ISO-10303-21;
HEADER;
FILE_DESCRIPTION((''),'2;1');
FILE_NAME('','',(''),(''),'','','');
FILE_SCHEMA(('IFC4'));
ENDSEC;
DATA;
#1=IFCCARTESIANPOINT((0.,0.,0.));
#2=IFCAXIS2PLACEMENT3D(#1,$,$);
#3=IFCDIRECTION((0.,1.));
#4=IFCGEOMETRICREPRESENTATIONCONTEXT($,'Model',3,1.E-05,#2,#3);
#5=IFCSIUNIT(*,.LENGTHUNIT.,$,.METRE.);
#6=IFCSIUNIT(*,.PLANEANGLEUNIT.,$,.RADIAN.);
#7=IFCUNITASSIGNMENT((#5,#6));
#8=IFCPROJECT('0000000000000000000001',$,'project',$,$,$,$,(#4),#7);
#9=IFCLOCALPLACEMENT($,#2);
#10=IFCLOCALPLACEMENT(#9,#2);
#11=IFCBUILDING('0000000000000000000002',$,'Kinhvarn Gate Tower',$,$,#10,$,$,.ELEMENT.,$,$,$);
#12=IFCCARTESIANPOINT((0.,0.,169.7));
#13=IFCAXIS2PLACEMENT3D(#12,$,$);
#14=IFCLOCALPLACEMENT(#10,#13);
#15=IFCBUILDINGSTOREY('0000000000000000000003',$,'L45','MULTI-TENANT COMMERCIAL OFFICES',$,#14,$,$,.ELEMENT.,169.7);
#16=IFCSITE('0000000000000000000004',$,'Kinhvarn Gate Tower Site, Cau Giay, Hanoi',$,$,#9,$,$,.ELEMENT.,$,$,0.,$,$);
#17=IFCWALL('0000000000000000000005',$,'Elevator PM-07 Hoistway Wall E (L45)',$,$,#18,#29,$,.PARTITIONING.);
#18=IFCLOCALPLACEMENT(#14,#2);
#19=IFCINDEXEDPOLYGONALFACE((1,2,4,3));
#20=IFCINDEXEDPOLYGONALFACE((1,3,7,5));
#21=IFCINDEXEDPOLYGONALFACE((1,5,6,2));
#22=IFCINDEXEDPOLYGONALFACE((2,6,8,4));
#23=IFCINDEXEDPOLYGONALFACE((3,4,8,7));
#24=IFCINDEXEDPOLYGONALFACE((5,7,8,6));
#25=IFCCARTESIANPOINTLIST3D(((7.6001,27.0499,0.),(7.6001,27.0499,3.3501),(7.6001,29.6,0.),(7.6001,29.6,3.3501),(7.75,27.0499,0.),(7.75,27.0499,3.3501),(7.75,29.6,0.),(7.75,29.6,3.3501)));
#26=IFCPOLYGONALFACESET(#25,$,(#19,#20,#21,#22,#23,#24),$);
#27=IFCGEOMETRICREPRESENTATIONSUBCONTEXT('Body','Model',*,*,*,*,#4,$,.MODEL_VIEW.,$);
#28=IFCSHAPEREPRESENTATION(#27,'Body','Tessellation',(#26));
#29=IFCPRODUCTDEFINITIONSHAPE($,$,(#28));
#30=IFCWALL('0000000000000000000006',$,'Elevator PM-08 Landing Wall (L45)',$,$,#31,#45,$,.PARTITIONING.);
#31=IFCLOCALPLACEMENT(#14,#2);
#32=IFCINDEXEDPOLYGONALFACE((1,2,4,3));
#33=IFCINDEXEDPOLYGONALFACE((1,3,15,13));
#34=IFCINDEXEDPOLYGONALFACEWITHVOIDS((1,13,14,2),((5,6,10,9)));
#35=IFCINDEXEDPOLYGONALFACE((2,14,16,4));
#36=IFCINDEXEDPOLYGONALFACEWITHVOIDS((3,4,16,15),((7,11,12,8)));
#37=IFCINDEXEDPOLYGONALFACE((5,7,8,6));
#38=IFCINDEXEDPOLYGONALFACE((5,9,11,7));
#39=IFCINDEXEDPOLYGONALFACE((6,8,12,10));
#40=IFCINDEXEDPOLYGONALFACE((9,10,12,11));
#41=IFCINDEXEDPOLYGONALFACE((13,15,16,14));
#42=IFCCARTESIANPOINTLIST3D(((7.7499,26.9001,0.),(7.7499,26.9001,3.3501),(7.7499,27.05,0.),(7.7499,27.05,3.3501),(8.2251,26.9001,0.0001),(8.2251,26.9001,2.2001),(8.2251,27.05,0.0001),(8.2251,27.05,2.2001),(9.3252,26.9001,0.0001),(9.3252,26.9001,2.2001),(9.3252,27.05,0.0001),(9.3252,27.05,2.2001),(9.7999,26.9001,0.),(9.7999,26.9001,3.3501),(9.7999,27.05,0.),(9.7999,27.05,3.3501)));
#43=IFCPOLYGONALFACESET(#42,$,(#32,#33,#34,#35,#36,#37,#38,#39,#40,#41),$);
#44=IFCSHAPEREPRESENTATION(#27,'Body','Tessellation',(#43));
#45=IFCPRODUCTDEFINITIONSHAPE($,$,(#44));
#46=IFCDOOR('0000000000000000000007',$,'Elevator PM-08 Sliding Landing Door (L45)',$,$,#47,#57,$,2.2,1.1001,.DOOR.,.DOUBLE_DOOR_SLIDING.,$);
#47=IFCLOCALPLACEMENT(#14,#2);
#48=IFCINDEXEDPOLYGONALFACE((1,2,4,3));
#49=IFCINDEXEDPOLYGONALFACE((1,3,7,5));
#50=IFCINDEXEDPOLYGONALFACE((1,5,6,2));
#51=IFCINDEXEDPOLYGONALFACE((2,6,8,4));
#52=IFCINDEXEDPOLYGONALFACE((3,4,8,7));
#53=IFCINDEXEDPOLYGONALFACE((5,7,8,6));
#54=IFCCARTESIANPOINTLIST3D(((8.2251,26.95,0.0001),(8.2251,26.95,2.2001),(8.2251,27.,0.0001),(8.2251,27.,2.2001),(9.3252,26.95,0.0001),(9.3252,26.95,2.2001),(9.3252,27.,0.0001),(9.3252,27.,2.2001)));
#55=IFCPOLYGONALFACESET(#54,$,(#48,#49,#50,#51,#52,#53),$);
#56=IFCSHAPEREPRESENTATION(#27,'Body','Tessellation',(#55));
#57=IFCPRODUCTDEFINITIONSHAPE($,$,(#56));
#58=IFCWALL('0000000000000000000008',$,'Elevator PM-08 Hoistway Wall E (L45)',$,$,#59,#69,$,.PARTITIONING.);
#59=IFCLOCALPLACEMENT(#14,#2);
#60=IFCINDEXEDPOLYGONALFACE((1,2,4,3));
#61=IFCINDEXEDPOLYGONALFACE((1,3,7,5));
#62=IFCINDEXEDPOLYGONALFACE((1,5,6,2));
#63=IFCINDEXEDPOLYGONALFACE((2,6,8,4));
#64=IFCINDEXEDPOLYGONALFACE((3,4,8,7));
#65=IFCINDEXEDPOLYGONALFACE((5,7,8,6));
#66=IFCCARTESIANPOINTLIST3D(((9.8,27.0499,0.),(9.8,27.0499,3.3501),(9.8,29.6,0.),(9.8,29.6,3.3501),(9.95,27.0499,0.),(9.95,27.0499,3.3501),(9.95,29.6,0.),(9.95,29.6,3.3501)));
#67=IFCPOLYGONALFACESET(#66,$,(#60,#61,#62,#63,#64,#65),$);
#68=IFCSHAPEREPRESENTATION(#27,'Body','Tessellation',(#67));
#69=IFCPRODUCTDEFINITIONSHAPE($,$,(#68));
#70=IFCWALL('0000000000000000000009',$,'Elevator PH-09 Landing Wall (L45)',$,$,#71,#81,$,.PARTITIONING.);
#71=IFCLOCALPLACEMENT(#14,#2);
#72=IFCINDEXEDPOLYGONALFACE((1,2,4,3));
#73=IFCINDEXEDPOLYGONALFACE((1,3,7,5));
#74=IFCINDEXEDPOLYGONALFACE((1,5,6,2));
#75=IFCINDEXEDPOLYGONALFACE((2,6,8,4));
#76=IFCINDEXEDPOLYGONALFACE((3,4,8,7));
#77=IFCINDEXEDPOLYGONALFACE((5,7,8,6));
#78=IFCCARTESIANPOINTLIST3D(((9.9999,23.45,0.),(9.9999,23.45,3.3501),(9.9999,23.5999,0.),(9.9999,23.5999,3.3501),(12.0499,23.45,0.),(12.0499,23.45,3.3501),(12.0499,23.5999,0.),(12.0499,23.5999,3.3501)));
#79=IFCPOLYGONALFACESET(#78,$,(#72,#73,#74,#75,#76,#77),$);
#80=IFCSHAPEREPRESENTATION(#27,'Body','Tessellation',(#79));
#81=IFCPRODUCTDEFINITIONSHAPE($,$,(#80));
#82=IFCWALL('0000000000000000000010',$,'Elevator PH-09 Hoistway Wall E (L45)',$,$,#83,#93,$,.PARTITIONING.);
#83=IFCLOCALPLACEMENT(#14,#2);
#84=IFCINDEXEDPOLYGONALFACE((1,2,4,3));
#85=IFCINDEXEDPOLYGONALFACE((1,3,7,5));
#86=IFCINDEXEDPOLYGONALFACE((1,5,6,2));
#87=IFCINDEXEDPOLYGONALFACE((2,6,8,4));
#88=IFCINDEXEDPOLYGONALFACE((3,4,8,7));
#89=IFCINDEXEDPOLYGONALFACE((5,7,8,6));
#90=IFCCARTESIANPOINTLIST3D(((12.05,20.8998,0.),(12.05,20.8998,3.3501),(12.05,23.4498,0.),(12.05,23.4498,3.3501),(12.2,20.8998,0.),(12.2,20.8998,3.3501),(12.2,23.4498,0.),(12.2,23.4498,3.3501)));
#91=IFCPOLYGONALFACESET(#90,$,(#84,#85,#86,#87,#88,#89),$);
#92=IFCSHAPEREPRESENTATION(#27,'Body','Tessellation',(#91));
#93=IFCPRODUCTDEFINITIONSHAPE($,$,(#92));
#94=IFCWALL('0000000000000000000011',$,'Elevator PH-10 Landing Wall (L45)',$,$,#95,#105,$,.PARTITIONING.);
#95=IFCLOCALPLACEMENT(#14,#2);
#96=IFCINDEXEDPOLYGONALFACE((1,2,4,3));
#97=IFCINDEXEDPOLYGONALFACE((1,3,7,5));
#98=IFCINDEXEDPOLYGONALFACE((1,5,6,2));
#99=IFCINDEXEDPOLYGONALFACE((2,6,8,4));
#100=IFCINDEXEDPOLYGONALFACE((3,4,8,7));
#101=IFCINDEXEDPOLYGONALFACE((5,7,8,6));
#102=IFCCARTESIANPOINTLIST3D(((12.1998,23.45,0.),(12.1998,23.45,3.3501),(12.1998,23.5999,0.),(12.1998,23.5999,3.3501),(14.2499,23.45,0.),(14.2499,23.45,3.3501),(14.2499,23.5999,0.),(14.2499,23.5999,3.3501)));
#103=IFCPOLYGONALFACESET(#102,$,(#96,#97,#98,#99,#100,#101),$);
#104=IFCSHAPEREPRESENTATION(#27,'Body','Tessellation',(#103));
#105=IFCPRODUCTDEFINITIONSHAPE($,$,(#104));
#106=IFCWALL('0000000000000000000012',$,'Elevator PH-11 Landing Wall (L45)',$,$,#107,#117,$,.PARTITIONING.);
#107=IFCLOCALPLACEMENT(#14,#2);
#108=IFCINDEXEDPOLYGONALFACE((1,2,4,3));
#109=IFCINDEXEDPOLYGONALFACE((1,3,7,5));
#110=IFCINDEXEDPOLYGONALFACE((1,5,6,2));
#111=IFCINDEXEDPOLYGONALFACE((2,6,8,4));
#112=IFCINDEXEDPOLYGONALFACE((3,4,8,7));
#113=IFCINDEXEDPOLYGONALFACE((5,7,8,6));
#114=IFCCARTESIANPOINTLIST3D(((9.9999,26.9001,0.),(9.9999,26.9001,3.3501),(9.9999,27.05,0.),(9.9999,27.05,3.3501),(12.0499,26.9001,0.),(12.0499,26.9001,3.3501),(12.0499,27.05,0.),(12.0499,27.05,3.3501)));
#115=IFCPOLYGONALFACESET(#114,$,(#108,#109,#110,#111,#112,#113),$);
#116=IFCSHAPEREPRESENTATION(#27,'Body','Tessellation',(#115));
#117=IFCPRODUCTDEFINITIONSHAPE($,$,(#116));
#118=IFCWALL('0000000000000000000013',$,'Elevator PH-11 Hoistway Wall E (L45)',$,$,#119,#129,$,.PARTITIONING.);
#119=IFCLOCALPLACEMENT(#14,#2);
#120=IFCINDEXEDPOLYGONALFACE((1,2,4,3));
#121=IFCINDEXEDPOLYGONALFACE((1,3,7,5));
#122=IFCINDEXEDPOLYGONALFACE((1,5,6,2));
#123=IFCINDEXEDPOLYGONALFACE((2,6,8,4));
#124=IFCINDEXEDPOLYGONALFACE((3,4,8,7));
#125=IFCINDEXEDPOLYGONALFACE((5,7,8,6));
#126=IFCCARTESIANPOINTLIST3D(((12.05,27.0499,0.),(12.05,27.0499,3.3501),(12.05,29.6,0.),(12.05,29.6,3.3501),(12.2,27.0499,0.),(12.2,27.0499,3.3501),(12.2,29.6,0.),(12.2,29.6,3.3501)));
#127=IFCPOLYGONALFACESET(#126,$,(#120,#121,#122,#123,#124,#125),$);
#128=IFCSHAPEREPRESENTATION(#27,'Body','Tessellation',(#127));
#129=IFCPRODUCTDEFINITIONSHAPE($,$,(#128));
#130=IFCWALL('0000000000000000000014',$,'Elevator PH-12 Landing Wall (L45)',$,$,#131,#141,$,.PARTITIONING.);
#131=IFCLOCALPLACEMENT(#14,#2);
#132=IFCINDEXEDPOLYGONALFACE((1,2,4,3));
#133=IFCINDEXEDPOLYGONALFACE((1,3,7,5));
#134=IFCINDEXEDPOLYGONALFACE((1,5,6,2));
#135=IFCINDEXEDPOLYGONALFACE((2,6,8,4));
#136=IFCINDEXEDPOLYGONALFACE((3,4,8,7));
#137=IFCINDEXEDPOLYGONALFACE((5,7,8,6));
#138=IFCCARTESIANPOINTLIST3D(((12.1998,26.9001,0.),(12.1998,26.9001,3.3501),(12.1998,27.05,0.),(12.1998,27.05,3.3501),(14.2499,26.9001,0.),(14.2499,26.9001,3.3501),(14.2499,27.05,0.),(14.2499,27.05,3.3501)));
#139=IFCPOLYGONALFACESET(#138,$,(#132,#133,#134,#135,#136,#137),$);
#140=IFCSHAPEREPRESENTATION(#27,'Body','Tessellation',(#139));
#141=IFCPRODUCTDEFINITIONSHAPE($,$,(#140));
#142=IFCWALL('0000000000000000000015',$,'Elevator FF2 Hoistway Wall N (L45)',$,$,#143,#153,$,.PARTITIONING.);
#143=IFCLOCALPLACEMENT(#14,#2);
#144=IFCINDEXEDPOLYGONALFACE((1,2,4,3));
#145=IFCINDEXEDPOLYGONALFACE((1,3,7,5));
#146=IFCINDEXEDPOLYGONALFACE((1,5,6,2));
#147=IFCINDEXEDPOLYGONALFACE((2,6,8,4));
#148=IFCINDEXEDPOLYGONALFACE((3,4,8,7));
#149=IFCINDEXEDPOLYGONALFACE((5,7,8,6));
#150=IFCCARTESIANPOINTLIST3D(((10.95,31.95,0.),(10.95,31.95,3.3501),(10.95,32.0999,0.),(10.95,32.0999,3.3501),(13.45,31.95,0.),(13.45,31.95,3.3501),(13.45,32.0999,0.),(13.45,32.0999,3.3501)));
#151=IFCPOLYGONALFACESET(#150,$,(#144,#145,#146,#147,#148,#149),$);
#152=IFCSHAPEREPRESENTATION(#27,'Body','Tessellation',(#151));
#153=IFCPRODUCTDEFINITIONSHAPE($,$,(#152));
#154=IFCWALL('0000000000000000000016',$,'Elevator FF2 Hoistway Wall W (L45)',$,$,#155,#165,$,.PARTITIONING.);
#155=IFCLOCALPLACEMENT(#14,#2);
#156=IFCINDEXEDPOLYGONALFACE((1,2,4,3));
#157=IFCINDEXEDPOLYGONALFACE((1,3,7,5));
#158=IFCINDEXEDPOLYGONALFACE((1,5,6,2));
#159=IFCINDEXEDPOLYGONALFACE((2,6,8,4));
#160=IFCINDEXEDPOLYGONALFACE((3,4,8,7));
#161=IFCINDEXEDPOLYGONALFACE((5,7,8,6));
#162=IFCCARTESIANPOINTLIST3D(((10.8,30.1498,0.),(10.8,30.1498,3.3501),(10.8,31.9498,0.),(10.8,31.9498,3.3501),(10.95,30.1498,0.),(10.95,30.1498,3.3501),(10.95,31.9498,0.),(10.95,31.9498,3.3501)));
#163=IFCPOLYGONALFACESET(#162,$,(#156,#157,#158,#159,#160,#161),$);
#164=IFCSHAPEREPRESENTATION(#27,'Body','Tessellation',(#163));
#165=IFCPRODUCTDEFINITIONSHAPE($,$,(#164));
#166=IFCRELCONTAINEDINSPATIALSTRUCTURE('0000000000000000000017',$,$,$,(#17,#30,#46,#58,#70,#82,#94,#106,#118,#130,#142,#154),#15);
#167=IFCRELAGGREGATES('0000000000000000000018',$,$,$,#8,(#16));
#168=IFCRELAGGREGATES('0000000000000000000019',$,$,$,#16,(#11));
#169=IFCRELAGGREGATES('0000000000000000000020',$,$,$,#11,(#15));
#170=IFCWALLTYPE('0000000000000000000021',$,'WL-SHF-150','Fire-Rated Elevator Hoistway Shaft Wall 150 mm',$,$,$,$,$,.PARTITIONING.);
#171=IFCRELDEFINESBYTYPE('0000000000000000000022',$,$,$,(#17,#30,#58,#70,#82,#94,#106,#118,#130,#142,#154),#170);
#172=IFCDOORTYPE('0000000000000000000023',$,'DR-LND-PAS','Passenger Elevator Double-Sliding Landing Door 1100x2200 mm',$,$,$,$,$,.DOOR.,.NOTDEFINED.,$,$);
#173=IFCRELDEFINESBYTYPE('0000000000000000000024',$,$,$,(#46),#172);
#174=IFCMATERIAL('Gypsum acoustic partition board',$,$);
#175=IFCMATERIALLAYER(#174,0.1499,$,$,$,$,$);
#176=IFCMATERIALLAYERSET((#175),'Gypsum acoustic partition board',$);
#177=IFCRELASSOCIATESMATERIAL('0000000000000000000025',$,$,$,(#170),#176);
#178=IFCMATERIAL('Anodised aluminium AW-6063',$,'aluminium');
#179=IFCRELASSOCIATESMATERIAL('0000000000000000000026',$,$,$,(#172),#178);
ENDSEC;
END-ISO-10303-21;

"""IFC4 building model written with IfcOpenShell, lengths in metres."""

from ifc_helpers import new_model, si_unit, direction, frame, frame_2d, origin, place, context, subcontext, project, spatial, rectangle, extrude, material, layer, layer_set, type_object, element, fill, save


model = new_model("IFC4")

# Units and contexts
model_context = context("Model", 3, precision=1e-05, world=origin(), true_north=direction((0.0, 1.0)))
body_context = subcontext(model_context, "Body", "Model", "MODEL_VIEW")
ifc_project = project(units=[si_unit("LENGTHUNIT", "METRE"), si_unit("PLANEANGLEUNIT", "RADIAN")], contexts=[model_context])

# Site, building, storey
site_placement = place(None, origin())
site = spatial("IfcSite", under=ifc_project, at=site_placement, Name="Kinhvarn Gate Tower Site, Cau Giay, Hanoi", CompositionType="ELEMENT", RefElevation=0.0)
building_placement = place(site_placement, origin())
building = spatial("IfcBuilding", under=site, at=building_placement, Name="Kinhvarn Gate Tower", CompositionType="ELEMENT")
storey_placement = place(building_placement, frame((0.0, 0.0, 169.7)))
storey = spatial("IfcBuildingStorey", under=building, at=storey_placement, Name="L45", Description="MULTI-TENANT COMMERCIAL OFFICES", CompositionType="ELEMENT", Elevation=169.7)

# Shared definitions
ifc_material_1 = material(Name="Gypsum acoustic partition board")
ifc_layer_1 = layer(ifc_material_1, 0.1499)
ifc_layer_set_1 = layer_set([ifc_layer_1], Name="Gypsum acoustic partition board")
wall_type_1 = type_object("IfcWallType", Name="WL-SHF-150", Description="Fire-Rated Elevator Hoistway Shaft Wall 150 mm", PredefinedType="PARTITIONING", material=ifc_layer_set_1)
ifc_material_2 = material(Name="Anodised aluminium AW-6063", Category="aluminium")
door_type_1 = type_object("IfcDoorType", Name="DR-LND-PAS", Description="Passenger Elevator Double-Sliding Landing Door 1100x2200 mm", OperationType="NOTDEFINED", PredefinedType="DOOR", material=ifc_material_2)

# Wall
for number, where, z_axis, x_axis, name in (
    (1, (7.675, 27.05, 0.0), (0.0, 0.0, 1.0), (0.0, 1.0, 0.0), "Elevator PM-07 Hoistway Wall E (L45)"),
):
    element("IfcWall", number, at=place(storey_placement, frame(where, z_axis=z_axis, x_axis=x_axis)), inside=storey, type_object=wall_type_1, Name=name, PredefinedType="PARTITIONING", context=body_context, shape_type="SweptSolid", body=[
        extrude(rectangle(XDim=2.55, YDim=0.1499, at=frame_2d((1.2749, 0.0))), origin(), (0.0, 0.0, 1.0), 3.3501),
    ])

# Wall, opening, door
wall_1_placement = place(storey_placement, frame((7.75, 26.9751, 0.0), z_axis=(0.0, 0.0, 1.0), x_axis=(1.0, 0.0, 0.0)))
wall_1 = element("IfcWall", 2, at=wall_1_placement, inside=storey, type_object=wall_type_1, Name="Elevator PM-08 Landing Wall (L45)", PredefinedType="PARTITIONING", context=body_context, shape_type="SweptSolid", body=[
    extrude(rectangle(XDim=2.05, YDim=0.1499, at=frame_2d((1.0249, 0.0))), origin(), (0.0, 0.0, 1.0), 3.3501),
])
opening_1_placement = place(wall_1_placement, frame((0.4751, 0.0, 0.0)))
opening_1 = element("IfcOpeningElement", 3, at=opening_1_placement, cuts=wall_1, PredefinedType="OPENING", context=body_context, shape_type="SweptSolid", body=[
    extrude(rectangle(XDim=1.1001, YDim=2.2, at=frame_2d((0.55, 1.1001))), frame((0.0, 0.085, 0.0), z_axis=(0.0, -1.0, 0.0), x_axis=(1.0, 0.0, 0.0)), (0.0, 0.0, 1.0), 0.1699),
])
door_1_placement = place(opening_1_placement, origin())
door_1 = element("IfcDoor", 4, at=door_1_placement, inside=storey, type_object=door_type_1, Name="Elevator PM-08 Sliding Landing Door (L45)", OperationType="DOUBLE_DOOR_SLIDING", OverallHeight=2.2, OverallWidth=1.1001, PredefinedType="DOOR", context=body_context, shape_type="SweptSolid", body=[
    extrude(rectangle(XDim=1.1001, YDim=2.2, at=frame_2d((0.55, 1.1001))), frame((0.0, 0.0249, 0.0), z_axis=(0.0, -1.0, 0.0), x_axis=(1.0, 0.0, 0.0)), (0.0, 0.0, 1.0), 0.05),
])
fill(opening_1, door_1)

# Walls
wall_2_placement = place(storey_placement, frame((9.875, 27.05, 0.0), z_axis=(0.0, 0.0, 1.0), x_axis=(0.0, 1.0, 0.0)))
element("IfcWall", 5, at=wall_2_placement, inside=storey, type_object=wall_type_1, Name="Elevator PM-08 Hoistway Wall E (L45)", PredefinedType="PARTITIONING", context=body_context, shape_type="SweptSolid", body=[
    extrude(rectangle(XDim=2.55, YDim=0.1499, at=frame_2d((1.2749, 0.0))), origin(), (0.0, 0.0, 1.0), 3.3501),
])
wall_3_placement = place(storey_placement, frame((10.0, 23.5249, 0.0), z_axis=(0.0, 0.0, 1.0), x_axis=(1.0, 0.0, 0.0)))
element("IfcWall", 6, at=wall_3_placement, inside=storey, type_object=wall_type_1, Name="Elevator PH-09 Landing Wall (L45)", PredefinedType="PARTITIONING", context=body_context, shape_type="SweptSolid", body=[
    extrude(rectangle(XDim=2.05, YDim=0.1499, at=frame_2d((1.0249, 0.0))), origin(), (0.0, 0.0, 1.0), 3.3501),
])
wall_4_placement = place(storey_placement, frame((12.125, 20.8999, 0.0), z_axis=(0.0, 0.0, 1.0), x_axis=(0.0, 1.0, 0.0)))
element("IfcWall", 7, at=wall_4_placement, inside=storey, type_object=wall_type_1, Name="Elevator PH-09 Hoistway Wall E (L45)", PredefinedType="PARTITIONING", context=body_context, shape_type="SweptSolid", body=[
    extrude(rectangle(XDim=2.55, YDim=0.1499, at=frame_2d((1.2749, 0.0))), origin(), (0.0, 0.0, 1.0), 3.3501),
])
for number, where, z_axis, x_axis, name in (
    (8, (12.2, 23.5249, 0.0), (0.0, 0.0, 1.0), (1.0, 0.0, 0.0), "Elevator PH-10 Landing Wall (L45)"),
    (9, (10.0, 26.9751, 0.0), (0.0, 0.0, 1.0), (1.0, 0.0, 0.0), "Elevator PH-11 Landing Wall (L45)"),
):
    element("IfcWall", number, at=place(storey_placement, frame(where, z_axis=z_axis, x_axis=x_axis)), inside=storey, type_object=wall_type_1, Name=name, PredefinedType="PARTITIONING", context=body_context, shape_type="SweptSolid", body=[
        extrude(rectangle(XDim=2.05, YDim=0.1499, at=frame_2d((1.0249, 0.0))), origin(), (0.0, 0.0, 1.0), 3.3501),
    ])
wall_5_placement = place(storey_placement, frame((12.125, 27.05, 0.0), z_axis=(0.0, 0.0, 1.0), x_axis=(0.0, 1.0, 0.0)))
element("IfcWall", 10, at=wall_5_placement, inside=storey, type_object=wall_type_1, Name="Elevator PH-11 Hoistway Wall E (L45)", PredefinedType="PARTITIONING", context=body_context, shape_type="SweptSolid", body=[
    extrude(rectangle(XDim=2.55, YDim=0.1499, at=frame_2d((1.2749, 0.0))), origin(), (0.0, 0.0, 1.0), 3.3501),
])
wall_6_placement = place(storey_placement, frame((12.2, 26.9751, 0.0), z_axis=(0.0, 0.0, 1.0), x_axis=(1.0, 0.0, 0.0)))
element("IfcWall", 11, at=wall_6_placement, inside=storey, type_object=wall_type_1, Name="Elevator PH-12 Landing Wall (L45)", PredefinedType="PARTITIONING", context=body_context, shape_type="SweptSolid", body=[
    extrude(rectangle(XDim=2.05, YDim=0.1499, at=frame_2d((1.0249, 0.0))), origin(), (0.0, 0.0, 1.0), 3.3501),
])
wall_7_placement = place(storey_placement, frame((10.95, 32.0249, 0.0), z_axis=(0.0, 0.0, 1.0), x_axis=(1.0, 0.0, 0.0)))
element("IfcWall", 12, at=wall_7_placement, inside=storey, type_object=wall_type_1, Name="Elevator FF2 Hoistway Wall N (L45)", PredefinedType="PARTITIONING", context=body_context, shape_type="SweptSolid", body=[
    extrude(rectangle(XDim=2.5, YDim=0.1499, at=frame_2d((1.25, 0.0))), origin(), (0.0, 0.0, 1.0), 3.3501),
])
wall_8_placement = place(storey_placement, frame((10.875, 30.1499, 0.0), z_axis=(0.0, 0.0, 1.0), x_axis=(0.0, 1.0, 0.0)))
element("IfcWall", 13, at=wall_8_placement, inside=storey, type_object=wall_type_1, Name="Elevator FF2 Hoistway Wall W (L45)", PredefinedType="PARTITIONING", context=body_context, shape_type="SweptSolid", body=[
    extrude(rectangle(XDim=1.8, YDim=0.1499, at=frame_2d((0.8999, 0.0))), origin(), (0.0, 0.0, 1.0), 3.3501),
])

save(model, "model.ifc")
